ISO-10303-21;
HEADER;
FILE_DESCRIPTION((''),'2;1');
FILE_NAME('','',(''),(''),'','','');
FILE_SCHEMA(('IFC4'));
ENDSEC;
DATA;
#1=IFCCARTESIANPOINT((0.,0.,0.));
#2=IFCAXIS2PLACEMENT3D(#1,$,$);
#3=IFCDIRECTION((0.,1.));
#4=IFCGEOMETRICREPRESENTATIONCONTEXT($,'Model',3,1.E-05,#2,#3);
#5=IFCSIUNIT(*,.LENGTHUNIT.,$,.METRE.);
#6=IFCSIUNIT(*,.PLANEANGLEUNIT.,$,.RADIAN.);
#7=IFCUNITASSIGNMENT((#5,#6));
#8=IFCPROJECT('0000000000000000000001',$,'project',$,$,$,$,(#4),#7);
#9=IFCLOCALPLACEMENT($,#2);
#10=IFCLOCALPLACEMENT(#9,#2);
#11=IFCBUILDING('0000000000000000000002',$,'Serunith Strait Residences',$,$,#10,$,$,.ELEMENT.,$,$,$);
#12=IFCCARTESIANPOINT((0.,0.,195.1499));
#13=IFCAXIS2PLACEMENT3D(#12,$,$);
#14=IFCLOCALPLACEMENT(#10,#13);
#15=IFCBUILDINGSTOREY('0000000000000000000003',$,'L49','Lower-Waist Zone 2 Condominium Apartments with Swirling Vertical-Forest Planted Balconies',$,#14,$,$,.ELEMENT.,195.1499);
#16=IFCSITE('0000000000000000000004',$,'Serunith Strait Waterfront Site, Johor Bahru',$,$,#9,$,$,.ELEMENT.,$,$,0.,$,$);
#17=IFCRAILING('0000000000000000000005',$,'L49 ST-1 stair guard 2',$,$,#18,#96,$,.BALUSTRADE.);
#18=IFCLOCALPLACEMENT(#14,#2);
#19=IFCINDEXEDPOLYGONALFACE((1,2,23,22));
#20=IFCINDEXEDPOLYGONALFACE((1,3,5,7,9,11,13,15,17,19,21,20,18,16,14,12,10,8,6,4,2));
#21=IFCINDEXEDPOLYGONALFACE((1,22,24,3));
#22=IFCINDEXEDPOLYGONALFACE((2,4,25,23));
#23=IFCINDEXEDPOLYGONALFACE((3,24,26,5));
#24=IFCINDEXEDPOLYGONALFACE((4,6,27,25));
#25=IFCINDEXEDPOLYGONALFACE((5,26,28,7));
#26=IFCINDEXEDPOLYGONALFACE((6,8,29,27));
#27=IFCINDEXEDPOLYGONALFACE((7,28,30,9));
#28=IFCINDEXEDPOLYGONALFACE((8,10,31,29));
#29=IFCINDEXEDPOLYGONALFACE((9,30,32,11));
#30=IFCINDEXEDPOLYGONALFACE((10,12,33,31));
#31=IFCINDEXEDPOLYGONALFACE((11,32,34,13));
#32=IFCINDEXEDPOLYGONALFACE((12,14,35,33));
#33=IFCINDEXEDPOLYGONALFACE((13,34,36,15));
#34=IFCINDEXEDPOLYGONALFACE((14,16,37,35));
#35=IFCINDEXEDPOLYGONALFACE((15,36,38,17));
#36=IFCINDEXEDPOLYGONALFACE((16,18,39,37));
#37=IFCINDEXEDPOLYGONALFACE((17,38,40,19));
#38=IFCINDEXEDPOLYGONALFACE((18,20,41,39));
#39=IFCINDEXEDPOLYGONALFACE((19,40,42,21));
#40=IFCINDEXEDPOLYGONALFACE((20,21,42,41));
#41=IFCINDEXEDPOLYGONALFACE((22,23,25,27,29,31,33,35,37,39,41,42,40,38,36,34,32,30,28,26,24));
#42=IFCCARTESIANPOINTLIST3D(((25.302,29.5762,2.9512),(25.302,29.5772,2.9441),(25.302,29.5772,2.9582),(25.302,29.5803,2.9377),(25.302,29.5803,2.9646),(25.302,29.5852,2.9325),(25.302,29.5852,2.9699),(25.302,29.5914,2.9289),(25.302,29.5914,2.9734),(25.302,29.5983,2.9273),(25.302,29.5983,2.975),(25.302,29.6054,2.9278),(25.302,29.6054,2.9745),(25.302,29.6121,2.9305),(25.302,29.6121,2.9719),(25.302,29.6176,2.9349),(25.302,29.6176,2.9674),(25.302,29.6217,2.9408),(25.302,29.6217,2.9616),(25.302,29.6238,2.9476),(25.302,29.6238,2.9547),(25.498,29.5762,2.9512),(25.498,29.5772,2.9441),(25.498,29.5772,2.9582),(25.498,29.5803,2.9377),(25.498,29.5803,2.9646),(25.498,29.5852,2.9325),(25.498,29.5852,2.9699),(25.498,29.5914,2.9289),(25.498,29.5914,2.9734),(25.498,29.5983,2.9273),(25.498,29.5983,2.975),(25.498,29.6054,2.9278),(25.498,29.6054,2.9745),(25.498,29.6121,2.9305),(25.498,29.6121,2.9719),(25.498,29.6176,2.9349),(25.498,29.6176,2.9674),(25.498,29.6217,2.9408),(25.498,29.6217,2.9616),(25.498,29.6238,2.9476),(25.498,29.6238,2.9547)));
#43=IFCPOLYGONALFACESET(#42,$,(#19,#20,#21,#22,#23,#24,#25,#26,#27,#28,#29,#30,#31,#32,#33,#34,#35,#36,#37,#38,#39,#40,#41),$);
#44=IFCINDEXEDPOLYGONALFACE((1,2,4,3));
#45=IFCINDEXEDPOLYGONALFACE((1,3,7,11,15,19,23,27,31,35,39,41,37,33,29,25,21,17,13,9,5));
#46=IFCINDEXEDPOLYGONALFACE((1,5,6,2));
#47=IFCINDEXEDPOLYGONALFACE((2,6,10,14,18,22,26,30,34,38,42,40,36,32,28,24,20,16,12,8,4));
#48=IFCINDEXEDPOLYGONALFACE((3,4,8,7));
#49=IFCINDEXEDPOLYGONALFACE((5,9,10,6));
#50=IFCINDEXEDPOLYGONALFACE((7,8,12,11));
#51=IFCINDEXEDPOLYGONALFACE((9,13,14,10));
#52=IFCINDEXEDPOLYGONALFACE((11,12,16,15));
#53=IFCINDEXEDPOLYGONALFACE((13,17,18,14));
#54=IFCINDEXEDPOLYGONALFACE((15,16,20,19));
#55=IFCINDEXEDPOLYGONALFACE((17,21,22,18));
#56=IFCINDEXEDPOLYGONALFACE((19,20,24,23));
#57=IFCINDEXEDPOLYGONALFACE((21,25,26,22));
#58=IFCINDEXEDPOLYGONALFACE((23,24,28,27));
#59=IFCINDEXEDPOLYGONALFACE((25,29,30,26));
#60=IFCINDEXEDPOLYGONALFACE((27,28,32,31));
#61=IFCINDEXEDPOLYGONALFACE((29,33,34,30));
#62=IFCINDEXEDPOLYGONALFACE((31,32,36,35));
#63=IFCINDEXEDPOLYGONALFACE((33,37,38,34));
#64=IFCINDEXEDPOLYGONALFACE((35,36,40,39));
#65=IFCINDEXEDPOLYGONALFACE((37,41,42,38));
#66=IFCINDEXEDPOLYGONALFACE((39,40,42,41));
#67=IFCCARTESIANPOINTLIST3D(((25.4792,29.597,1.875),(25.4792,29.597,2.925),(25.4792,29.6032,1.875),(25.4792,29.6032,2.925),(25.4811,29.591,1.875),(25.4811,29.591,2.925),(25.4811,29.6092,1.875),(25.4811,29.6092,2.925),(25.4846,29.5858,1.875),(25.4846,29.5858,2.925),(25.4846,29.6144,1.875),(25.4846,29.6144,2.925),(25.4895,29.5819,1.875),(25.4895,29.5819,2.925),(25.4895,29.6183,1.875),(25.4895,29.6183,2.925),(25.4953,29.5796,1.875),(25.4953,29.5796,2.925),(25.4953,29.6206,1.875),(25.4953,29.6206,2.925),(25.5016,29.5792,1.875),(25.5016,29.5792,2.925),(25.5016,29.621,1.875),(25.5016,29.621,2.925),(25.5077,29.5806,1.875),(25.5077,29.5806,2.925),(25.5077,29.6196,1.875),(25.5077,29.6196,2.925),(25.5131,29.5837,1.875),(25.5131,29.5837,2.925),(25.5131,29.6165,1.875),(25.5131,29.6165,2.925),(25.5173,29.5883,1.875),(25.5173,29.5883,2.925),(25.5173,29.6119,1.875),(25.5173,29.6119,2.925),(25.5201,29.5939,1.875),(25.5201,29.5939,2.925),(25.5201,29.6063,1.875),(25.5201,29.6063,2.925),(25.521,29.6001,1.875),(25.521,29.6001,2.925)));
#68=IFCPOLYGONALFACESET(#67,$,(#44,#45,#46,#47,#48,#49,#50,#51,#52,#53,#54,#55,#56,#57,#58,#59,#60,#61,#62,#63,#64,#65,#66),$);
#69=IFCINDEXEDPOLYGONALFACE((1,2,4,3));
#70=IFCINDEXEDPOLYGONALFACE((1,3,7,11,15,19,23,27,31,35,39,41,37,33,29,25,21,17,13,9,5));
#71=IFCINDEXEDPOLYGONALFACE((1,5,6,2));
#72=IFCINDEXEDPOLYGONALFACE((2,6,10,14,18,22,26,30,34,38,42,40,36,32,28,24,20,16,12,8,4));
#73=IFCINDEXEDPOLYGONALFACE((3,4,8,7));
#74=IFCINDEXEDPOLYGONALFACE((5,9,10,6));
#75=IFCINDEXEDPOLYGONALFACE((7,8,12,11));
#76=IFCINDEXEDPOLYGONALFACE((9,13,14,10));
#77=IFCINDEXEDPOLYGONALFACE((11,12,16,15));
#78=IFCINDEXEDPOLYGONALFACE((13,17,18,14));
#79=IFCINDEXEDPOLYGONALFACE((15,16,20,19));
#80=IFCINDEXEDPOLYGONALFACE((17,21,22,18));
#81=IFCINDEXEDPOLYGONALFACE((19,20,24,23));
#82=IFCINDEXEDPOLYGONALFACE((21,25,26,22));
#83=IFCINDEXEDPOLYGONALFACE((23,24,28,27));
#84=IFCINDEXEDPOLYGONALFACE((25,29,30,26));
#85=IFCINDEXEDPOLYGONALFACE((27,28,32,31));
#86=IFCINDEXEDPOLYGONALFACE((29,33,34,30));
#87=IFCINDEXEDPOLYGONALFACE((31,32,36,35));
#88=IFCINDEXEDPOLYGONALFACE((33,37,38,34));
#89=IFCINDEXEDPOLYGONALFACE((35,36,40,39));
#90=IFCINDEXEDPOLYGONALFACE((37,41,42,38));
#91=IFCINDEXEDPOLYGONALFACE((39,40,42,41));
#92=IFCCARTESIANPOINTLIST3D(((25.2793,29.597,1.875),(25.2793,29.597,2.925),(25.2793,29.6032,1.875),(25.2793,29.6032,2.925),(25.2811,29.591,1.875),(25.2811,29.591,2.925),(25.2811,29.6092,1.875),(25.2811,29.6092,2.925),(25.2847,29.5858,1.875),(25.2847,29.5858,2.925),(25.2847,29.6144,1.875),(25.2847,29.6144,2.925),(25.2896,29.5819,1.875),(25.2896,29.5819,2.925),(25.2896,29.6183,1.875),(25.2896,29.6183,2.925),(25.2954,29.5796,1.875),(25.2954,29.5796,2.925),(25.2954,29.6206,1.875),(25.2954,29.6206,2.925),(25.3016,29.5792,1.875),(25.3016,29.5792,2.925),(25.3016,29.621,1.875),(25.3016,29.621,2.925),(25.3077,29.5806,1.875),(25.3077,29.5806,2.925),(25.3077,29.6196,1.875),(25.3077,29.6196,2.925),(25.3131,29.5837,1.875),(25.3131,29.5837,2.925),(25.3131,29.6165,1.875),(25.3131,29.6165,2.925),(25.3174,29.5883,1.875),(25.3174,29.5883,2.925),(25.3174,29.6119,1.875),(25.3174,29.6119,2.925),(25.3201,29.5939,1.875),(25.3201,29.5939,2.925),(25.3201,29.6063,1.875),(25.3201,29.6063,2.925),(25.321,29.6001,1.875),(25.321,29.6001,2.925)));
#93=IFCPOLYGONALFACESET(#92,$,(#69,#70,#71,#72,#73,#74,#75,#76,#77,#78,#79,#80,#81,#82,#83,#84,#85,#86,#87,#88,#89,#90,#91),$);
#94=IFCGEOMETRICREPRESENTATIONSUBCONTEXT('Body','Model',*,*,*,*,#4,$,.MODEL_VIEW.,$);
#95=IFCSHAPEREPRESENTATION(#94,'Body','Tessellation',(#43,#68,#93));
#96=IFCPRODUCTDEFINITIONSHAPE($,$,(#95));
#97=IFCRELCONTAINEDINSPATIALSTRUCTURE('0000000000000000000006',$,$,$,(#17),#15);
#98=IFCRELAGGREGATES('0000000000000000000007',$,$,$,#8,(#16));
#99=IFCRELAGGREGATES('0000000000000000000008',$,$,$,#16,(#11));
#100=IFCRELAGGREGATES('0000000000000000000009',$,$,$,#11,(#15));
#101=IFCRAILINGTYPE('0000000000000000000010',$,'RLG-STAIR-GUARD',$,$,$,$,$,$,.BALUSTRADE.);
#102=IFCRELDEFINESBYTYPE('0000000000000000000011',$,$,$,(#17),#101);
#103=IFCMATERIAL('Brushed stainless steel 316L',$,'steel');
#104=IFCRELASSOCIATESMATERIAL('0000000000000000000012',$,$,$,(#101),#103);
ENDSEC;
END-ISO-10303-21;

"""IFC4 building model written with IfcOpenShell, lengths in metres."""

from ifc_helpers import new_model, si_unit, direction, frame, origin, origin_2d, place, context, subcontext, project, spatial, circle, extrude, material, type_object, element, save


model = new_model("IFC4")

# Units and contexts
model_context = context("Model", 3, precision=1e-05, world=origin(), true_north=direction((0.0, 1.0)))
body_context = subcontext(model_context, "Body", "Model", "MODEL_VIEW")
ifc_project = project(units=[si_unit("LENGTHUNIT", "METRE"), si_unit("PLANEANGLEUNIT", "RADIAN")], contexts=[model_context])

# Site, building, storey
site_placement = place(None, origin())
site = spatial("IfcSite", under=ifc_project, at=site_placement, Name="Serunith Strait Waterfront Site, Johor Bahru", CompositionType="ELEMENT", RefElevation=0.0)
building_placement = place(site_placement, origin())
building = spatial("IfcBuilding", under=site, at=building_placement, Name="Serunith Strait Residences", CompositionType="ELEMENT")
storey_placement = place(building_placement, frame((0.0, 0.0, 195.1499)))
storey = spatial("IfcBuildingStorey", under=building, at=storey_placement, Name="L49", Description="Lower-Waist Zone 2 Condominium Apartments with Swirling Vertical-Forest Planted Balconies", CompositionType="ELEMENT", Elevation=195.1499)

# Railing
ifc_material_1 = material(Name="Brushed stainless steel 316L", Category="steel")
railing_type_1 = type_object("IfcRailingType", Name="RLG-STAIR-GUARD", PredefinedType="BALUSTRADE", material=ifc_material_1)
railing_1_placement = place(storey_placement, frame((25.5, 29.6001, 1.875)))
element("IfcRailing", 1, at=railing_1_placement, inside=storey, type_object=railing_type_1, Name="L49 ST-1 stair guard 2", PredefinedType="BALUSTRADE", context=body_context, shape_type="SweptSolid", body=[
    extrude(circle(Radius=0.0239, at=origin_2d()), frame((-0.002, 0.0, 1.0762), z_axis=(-1.0, 0.0, 0.0), x_axis=(0.0, -1.0, 0.0)), (0.0, 0.0, 1.0), 0.196),
    extrude(circle(Radius=0.021, at=origin_2d()), origin(), (0.0, 0.0, 1.0), 1.05),
    extrude(circle(Radius=0.021, at=origin_2d()), frame((-0.2, 0.0, 0.0)), (0.0, 0.0, 1.0), 1.05),
])

save(model, "model.ifc")
